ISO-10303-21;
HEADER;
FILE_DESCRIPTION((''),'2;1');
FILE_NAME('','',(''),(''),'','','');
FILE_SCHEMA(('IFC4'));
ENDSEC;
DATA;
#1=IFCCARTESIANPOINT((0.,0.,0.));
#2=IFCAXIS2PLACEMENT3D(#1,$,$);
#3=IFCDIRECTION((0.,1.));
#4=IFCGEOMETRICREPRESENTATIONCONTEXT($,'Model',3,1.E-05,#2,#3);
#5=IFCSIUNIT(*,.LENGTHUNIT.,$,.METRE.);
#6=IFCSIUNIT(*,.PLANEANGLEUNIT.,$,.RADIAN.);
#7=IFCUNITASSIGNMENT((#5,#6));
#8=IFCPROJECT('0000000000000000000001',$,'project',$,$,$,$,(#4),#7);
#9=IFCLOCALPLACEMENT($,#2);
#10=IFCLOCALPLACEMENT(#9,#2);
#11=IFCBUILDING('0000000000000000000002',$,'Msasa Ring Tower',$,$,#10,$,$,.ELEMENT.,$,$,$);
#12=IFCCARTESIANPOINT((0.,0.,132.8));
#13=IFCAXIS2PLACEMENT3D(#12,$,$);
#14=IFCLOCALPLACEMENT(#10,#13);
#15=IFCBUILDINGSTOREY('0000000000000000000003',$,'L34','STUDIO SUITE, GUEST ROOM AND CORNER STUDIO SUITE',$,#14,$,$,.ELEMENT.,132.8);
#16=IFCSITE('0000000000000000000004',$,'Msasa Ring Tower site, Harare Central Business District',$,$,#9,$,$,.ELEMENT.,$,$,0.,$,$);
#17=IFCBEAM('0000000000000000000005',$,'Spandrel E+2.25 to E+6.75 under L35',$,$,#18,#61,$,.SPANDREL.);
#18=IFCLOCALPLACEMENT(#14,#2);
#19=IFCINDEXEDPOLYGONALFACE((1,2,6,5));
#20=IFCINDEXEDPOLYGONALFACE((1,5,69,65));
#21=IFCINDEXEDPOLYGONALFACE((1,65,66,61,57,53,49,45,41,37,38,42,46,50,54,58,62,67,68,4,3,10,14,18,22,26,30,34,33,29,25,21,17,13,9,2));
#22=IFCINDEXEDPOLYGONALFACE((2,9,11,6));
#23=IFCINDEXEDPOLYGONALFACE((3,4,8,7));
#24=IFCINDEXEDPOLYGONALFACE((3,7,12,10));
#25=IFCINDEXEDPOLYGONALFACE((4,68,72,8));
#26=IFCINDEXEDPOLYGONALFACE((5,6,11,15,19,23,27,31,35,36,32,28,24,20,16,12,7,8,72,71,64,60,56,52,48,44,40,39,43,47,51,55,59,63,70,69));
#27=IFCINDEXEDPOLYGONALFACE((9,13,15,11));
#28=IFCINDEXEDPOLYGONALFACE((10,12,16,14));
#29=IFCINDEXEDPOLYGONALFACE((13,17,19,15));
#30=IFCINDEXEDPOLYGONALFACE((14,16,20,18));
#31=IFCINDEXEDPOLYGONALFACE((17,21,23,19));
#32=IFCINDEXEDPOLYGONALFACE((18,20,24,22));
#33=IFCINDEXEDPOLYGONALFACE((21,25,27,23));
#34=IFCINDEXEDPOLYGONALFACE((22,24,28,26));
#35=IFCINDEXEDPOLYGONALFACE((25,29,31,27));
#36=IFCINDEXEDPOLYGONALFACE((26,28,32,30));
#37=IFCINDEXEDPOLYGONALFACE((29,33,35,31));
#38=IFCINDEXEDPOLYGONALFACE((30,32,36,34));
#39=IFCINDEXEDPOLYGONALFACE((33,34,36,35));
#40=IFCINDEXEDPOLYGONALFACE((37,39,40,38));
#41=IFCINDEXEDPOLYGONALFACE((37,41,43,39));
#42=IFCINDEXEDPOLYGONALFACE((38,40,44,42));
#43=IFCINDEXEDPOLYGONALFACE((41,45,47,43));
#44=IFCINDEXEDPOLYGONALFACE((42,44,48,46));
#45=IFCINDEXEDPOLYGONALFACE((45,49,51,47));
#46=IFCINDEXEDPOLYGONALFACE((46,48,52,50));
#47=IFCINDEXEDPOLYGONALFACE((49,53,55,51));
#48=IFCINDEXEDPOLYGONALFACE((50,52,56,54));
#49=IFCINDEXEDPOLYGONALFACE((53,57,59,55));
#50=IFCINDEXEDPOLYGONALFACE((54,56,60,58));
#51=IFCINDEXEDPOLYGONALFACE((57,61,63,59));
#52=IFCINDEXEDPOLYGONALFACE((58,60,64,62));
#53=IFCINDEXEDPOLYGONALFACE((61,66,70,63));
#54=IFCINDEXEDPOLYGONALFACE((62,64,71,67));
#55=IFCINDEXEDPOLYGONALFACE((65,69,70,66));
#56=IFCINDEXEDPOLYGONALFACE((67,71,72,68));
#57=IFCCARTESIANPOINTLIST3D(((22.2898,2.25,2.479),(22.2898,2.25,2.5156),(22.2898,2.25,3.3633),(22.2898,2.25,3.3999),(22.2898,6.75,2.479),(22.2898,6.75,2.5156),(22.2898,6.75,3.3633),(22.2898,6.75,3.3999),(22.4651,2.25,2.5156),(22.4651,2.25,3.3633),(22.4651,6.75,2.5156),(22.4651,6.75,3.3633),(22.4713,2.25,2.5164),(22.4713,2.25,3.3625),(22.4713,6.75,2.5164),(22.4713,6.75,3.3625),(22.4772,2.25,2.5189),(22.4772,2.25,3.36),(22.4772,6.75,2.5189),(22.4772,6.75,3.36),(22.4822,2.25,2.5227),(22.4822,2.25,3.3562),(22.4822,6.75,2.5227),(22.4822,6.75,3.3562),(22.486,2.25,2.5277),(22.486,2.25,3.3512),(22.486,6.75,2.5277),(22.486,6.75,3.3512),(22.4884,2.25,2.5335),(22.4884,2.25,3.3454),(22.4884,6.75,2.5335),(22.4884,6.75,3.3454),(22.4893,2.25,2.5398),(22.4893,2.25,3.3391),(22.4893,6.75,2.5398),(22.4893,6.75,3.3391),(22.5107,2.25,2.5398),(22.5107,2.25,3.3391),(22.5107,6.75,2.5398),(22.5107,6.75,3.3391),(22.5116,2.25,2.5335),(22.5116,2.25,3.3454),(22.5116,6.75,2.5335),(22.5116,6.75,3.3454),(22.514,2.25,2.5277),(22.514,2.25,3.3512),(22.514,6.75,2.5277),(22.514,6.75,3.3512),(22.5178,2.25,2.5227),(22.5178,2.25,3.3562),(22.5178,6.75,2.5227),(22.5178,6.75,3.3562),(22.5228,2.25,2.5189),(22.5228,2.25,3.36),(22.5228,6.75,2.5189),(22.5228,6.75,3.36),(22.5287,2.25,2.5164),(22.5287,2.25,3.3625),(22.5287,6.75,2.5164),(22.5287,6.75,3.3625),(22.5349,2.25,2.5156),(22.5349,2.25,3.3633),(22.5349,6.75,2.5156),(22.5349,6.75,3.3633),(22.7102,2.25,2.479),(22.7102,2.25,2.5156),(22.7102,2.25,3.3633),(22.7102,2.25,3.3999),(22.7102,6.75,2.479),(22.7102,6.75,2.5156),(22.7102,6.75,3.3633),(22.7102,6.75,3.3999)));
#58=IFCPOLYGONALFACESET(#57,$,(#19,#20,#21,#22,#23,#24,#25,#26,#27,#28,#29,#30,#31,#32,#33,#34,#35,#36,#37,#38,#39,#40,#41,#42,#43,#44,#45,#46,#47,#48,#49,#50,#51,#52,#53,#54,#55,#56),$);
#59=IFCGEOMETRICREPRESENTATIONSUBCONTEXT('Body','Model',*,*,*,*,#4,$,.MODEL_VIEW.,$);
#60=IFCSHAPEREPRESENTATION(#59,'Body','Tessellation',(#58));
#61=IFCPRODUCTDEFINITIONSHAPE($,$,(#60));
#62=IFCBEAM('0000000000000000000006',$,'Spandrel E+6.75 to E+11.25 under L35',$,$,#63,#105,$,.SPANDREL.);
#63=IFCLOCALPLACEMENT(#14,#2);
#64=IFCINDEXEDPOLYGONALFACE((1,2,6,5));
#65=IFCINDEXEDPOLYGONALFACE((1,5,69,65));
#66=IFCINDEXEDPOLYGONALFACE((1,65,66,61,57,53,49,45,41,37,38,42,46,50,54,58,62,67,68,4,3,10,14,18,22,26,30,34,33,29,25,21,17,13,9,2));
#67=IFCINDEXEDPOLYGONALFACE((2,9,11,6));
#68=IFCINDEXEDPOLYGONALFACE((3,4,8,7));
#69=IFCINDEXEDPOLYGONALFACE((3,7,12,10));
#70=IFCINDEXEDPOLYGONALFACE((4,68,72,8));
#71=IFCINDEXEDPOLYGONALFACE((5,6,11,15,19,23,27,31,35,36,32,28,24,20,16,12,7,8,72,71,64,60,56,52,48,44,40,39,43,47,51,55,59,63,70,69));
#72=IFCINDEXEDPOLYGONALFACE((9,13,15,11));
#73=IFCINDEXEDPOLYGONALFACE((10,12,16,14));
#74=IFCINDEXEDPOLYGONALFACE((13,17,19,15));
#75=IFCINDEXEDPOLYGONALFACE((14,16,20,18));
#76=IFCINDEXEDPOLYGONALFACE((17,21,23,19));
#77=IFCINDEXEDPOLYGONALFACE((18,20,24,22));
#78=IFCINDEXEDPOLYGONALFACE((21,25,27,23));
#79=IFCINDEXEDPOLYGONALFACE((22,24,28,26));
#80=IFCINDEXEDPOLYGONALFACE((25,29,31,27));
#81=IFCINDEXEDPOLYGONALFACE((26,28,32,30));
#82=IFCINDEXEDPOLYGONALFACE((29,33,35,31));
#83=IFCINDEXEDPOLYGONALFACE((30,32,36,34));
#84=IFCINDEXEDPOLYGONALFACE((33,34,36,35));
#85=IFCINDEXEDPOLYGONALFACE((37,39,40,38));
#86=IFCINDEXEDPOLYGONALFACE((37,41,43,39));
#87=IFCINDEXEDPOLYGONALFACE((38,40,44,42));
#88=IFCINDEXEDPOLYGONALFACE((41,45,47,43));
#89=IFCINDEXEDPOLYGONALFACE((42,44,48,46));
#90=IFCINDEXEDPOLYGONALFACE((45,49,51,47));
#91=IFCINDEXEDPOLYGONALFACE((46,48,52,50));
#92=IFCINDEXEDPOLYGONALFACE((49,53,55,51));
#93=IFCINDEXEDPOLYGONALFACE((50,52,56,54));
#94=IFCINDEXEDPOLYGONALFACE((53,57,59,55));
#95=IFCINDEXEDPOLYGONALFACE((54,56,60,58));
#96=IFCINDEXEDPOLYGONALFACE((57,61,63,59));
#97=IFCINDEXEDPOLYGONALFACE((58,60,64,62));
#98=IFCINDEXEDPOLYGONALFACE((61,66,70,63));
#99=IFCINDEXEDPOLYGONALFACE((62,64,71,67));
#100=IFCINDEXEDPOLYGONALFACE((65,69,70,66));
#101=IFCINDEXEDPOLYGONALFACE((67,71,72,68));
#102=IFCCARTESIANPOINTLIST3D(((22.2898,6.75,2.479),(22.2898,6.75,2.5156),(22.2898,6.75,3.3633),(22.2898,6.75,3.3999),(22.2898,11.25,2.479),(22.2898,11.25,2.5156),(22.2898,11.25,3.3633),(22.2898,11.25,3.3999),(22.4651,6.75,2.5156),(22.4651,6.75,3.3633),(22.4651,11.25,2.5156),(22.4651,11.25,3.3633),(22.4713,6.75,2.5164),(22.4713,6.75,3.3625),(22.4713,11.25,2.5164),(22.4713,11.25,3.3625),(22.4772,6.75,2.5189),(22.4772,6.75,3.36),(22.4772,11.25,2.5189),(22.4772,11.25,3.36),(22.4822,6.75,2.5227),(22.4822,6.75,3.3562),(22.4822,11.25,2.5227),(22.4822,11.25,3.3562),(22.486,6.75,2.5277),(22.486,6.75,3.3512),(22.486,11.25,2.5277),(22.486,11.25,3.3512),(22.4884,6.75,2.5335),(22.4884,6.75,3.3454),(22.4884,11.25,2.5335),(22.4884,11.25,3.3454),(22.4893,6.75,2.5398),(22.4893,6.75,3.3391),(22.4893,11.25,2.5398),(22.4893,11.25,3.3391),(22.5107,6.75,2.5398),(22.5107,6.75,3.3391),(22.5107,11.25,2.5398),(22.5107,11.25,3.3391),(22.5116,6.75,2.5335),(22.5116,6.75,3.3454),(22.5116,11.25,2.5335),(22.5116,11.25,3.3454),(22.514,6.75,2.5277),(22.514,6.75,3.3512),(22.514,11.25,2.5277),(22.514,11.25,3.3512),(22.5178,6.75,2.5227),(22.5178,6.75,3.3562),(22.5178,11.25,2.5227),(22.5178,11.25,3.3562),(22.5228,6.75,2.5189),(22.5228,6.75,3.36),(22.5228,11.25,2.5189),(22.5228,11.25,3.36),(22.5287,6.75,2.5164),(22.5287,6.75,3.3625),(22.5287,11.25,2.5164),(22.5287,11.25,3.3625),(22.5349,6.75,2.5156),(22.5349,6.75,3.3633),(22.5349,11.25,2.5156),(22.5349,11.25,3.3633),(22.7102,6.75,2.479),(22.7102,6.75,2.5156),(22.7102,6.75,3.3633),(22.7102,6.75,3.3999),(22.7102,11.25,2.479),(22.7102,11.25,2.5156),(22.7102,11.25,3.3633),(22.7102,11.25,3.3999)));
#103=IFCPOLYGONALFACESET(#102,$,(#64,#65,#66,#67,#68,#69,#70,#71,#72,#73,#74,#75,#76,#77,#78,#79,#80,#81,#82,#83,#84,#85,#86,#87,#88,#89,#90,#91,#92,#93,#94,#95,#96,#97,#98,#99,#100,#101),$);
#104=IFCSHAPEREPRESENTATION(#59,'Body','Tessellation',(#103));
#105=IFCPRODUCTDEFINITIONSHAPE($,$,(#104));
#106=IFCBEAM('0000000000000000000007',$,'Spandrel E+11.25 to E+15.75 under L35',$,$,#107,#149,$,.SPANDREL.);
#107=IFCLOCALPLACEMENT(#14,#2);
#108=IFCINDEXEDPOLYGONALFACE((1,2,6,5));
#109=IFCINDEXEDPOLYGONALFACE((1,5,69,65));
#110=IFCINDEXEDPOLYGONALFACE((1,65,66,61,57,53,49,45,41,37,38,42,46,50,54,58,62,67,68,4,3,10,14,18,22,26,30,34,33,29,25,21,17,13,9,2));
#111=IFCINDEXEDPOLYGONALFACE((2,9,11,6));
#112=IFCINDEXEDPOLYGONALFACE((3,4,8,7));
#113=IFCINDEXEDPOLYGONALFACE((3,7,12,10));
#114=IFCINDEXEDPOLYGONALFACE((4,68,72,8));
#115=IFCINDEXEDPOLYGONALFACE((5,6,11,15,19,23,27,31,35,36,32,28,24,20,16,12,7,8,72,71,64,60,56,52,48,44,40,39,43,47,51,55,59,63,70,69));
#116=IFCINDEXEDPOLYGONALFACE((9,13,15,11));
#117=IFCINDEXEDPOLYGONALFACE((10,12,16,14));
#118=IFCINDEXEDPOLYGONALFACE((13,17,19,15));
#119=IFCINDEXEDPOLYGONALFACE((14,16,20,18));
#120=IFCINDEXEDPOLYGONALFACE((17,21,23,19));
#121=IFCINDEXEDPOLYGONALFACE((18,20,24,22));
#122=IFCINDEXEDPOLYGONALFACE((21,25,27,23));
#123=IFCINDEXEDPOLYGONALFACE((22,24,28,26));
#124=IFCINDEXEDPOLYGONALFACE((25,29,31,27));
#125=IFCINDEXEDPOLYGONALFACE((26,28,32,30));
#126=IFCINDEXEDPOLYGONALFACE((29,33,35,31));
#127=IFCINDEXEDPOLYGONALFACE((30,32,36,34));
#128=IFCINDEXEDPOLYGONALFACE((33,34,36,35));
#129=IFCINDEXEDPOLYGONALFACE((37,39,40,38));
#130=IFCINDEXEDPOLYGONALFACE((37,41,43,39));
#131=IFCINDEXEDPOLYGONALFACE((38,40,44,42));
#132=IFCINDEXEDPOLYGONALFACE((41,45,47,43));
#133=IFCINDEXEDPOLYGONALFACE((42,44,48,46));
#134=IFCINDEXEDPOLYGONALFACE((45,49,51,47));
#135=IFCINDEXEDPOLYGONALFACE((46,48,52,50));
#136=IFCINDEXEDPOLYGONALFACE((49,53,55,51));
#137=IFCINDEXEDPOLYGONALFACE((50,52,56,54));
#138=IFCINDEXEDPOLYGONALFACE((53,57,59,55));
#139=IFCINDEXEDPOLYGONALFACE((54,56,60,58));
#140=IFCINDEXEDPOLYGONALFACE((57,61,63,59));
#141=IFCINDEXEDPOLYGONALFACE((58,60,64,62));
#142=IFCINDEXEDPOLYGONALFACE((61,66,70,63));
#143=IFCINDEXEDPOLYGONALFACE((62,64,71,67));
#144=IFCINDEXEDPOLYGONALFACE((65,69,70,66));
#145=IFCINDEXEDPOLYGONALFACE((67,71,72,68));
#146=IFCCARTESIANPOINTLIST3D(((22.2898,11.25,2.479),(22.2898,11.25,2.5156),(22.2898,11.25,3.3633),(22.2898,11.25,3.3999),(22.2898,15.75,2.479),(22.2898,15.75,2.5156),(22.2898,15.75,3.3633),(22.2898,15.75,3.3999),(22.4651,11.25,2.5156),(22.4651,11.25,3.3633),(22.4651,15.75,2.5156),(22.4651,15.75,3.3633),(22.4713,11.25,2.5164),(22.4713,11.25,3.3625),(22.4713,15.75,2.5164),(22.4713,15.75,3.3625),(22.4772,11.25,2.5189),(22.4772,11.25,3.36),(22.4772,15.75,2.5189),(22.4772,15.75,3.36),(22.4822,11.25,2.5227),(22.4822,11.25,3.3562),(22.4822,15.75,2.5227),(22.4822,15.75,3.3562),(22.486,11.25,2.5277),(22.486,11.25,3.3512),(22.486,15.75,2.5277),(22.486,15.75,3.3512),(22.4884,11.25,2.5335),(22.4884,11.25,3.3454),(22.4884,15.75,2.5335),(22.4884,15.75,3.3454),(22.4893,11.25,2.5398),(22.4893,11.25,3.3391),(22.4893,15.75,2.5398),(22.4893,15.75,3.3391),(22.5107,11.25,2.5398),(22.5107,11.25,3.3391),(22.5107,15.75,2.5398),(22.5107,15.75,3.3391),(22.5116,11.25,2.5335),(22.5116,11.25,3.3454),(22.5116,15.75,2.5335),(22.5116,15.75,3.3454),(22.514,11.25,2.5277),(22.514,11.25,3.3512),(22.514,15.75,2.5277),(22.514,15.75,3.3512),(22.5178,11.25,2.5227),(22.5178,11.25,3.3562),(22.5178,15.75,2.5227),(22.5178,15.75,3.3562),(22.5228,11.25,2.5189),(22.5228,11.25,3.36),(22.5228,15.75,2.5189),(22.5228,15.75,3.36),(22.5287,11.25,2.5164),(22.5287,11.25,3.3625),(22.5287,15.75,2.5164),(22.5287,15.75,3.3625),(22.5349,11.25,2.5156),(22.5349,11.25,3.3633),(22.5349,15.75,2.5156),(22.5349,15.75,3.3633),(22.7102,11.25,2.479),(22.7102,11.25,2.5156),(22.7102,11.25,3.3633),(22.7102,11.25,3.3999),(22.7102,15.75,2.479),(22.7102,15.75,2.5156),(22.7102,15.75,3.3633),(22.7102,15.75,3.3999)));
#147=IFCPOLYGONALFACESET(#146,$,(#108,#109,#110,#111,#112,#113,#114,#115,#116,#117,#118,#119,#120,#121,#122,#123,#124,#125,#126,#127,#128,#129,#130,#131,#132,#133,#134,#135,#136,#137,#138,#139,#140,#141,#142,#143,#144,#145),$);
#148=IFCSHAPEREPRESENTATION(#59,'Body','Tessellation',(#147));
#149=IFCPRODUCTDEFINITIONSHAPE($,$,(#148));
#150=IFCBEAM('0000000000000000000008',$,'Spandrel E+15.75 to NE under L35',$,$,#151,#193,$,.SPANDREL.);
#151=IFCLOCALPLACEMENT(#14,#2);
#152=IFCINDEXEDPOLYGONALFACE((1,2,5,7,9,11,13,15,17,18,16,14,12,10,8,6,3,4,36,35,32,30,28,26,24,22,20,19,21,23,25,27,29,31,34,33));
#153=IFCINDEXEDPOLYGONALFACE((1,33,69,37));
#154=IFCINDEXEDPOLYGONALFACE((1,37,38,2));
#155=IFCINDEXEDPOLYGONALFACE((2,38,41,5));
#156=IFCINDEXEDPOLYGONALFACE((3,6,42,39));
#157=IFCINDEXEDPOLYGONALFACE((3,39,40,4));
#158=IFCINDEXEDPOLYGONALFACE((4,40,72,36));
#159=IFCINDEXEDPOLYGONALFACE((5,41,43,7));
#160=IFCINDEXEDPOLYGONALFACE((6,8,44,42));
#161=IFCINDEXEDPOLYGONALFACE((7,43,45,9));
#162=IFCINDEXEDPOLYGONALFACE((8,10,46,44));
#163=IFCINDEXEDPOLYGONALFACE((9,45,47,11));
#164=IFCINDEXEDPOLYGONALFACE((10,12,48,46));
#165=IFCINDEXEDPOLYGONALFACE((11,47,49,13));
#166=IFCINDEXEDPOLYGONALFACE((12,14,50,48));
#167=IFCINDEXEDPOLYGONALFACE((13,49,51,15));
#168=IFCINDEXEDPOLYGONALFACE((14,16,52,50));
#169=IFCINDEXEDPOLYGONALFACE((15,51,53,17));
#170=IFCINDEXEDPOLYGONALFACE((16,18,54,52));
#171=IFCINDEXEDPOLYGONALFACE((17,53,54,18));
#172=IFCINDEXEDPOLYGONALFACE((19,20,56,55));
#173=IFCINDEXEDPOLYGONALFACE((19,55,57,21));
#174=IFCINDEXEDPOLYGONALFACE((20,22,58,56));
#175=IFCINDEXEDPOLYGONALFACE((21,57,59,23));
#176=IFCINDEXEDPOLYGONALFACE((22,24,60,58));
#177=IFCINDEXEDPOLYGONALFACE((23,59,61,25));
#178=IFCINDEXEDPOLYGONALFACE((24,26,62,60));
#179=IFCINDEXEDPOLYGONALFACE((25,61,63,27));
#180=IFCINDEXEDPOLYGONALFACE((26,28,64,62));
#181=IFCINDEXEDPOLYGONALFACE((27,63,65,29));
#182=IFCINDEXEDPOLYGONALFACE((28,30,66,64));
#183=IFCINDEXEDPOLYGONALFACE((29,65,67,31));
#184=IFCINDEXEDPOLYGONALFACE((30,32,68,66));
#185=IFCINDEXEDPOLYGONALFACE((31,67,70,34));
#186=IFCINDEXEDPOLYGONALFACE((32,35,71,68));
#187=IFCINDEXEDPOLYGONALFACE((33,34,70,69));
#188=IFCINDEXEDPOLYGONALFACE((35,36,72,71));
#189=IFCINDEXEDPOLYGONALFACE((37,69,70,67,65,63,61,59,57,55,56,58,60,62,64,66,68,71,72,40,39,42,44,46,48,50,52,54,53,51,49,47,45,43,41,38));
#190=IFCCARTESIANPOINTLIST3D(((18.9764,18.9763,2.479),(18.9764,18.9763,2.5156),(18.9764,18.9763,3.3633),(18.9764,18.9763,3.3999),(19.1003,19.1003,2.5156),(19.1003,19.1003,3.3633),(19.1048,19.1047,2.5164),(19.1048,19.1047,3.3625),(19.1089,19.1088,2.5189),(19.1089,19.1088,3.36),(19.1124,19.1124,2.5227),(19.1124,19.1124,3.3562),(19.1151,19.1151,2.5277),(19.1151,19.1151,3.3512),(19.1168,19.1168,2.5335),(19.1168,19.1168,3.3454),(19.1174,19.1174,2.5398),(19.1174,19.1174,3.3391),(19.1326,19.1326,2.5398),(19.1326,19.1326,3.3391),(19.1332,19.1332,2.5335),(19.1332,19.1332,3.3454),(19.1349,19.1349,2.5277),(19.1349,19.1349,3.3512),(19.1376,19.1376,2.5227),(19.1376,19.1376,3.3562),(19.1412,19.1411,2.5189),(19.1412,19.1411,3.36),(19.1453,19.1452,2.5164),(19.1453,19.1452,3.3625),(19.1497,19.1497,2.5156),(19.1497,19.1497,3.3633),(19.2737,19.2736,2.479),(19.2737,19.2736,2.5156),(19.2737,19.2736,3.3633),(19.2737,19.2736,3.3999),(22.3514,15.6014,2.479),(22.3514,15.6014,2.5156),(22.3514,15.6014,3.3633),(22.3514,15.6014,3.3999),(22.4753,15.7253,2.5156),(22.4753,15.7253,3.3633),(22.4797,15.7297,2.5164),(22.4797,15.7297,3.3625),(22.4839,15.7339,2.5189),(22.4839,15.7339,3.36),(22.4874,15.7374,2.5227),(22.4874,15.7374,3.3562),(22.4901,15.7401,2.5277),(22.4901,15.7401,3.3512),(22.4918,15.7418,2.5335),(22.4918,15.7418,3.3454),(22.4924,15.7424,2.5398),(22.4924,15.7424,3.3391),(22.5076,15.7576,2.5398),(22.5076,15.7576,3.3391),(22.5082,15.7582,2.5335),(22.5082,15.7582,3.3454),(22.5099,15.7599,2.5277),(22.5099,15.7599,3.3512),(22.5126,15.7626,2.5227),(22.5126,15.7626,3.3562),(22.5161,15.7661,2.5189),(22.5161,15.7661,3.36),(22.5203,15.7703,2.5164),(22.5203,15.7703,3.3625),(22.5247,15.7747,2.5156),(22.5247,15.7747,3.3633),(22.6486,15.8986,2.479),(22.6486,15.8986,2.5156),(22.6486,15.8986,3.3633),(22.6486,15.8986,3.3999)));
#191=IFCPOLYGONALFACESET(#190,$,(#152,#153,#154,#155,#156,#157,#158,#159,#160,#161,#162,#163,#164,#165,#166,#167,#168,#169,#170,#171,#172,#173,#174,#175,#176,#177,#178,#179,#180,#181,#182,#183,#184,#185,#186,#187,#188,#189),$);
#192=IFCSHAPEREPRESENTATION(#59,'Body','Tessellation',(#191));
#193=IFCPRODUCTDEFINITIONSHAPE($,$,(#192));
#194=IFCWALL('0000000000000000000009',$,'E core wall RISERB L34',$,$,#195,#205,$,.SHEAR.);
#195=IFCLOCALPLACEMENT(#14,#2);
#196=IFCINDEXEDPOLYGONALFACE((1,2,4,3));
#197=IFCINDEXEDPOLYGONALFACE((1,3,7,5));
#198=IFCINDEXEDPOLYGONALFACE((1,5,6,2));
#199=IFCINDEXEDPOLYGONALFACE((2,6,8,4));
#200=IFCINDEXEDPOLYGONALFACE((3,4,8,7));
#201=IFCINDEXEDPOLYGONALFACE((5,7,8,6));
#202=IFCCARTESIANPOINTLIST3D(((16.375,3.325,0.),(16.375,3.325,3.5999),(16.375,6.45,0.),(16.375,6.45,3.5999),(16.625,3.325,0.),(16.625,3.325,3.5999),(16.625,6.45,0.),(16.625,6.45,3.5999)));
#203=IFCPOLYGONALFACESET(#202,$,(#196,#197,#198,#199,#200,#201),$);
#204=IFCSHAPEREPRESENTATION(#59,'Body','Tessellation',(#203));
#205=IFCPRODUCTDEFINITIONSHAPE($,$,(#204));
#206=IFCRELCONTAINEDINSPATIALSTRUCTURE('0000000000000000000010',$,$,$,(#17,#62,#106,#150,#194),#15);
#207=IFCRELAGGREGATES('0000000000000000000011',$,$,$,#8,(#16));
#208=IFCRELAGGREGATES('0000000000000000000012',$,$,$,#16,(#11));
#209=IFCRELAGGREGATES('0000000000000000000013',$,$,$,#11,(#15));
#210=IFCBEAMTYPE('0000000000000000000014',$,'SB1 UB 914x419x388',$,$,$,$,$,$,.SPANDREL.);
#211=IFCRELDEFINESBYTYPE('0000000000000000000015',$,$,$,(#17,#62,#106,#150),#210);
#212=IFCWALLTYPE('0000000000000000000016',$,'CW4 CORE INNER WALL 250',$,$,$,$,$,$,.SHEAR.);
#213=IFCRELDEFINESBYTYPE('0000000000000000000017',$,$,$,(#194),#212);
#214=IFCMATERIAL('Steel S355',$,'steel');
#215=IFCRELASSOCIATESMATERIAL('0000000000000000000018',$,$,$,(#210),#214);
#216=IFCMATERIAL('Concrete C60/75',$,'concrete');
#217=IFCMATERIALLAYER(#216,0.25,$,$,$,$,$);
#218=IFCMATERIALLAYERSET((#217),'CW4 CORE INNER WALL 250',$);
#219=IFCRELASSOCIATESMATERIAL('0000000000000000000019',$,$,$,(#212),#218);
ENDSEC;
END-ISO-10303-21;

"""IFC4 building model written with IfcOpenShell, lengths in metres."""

from ifc_helpers import new_model, si_unit, direction, frame, frame_2d, origin, origin_2d, place, context, subcontext, project, spatial, rectangle, i_section, extrude, material, layer, layer_set, material_profile, profile_set, type_object, element, save


model = new_model("IFC4")

# Units and contexts
model_context = context("Model", 3, precision=1e-05, world=origin(), true_north=direction((0.0, 1.0)))
body_context = subcontext(model_context, "Body", "Model", "MODEL_VIEW")
ifc_project = project(units=[si_unit("LENGTHUNIT", "METRE"), si_unit("PLANEANGLEUNIT", "RADIAN")], contexts=[model_context])

# Site, building, storey
site_placement = place(None, origin())
site = spatial("IfcSite", under=ifc_project, at=site_placement, Name="Msasa Ring Tower site, Harare Central Business District", CompositionType="ELEMENT", RefElevation=0.0)
building_placement = place(site_placement, origin())
building = spatial("IfcBuilding", under=site, at=building_placement, Name="Msasa Ring Tower", CompositionType="ELEMENT")
storey_placement = place(building_placement, frame((0.0, 0.0, 132.8)))
storey = spatial("IfcBuildingStorey", under=building, at=storey_placement, Name="L34", Description="STUDIO SUITE, GUEST ROOM AND CORNER STUDIO SUITE", CompositionType="ELEMENT", Elevation=132.8)

# Beams
ifc_material_1 = material(Name="Steel S355", Category="steel")
ifc_material_profile_1 = material_profile(ifc_material_1, i_section(OverallWidth=0.4204, OverallDepth=0.9209, WebThickness=0.0215, FlangeThickness=0.0366, FilletRadius=0.0242, at=origin_2d()), Name="UB 914x419x388")
ifc_profile_set_1 = profile_set([ifc_material_profile_1], Name="Steel S355")
beam_type_1 = type_object("IfcBeamType", Name="SB1 UB 914x419x388", PredefinedType="SPANDREL", material=ifc_profile_set_1)
for number, where, z_axis, x_axis, name in (
    (1, (22.5, 2.25, 2.9395), (0.0, 1.0, 0.0), (-1.0, 0.0, 0.0), "Spandrel E+2.25 to E+6.75 under L35"),
    (2, (22.5, 6.75, 2.9395), (0.0, 1.0, 0.0), (-1.0, 0.0, 0.0), "Spandrel E+6.75 to E+11.25 under L35"),
    (3, (22.5, 11.25, 2.9395), (0.0, 1.0, 0.0), (-1.0, 0.0, 0.0), "Spandrel E+11.25 to E+15.75 under L35"),
):
    element("IfcBeam", number, at=place(storey_placement, frame(where, z_axis=z_axis, x_axis=x_axis)), inside=storey, type_object=beam_type_1, Name=name, PredefinedType="SPANDREL", context=body_context, shape_type="SweptSolid", body=[
        extrude(i_section(OverallWidth=0.4204, OverallDepth=0.9209, WebThickness=0.0215, FlangeThickness=0.0366, FilletRadius=0.0242, at=origin_2d()), origin(), (0.0, 0.0, 1.0), 4.5),
    ])
beam_1_placement = place(storey_placement, frame((22.5, 15.75, 2.9395), z_axis=(-0.707107, 0.707107, 0.0), x_axis=(-0.707107, -0.707107, 0.0)))
element("IfcBeam", 4, at=beam_1_placement, inside=storey, type_object=beam_type_1, Name="Spandrel E+15.75 to NE under L35", PredefinedType="SPANDREL", context=body_context, shape_type="SweptSolid", body=[
    extrude(i_section(OverallWidth=0.4204, OverallDepth=0.9209, WebThickness=0.0215, FlangeThickness=0.0366, FilletRadius=0.0242, at=origin_2d()), origin(), (0.0, 0.0, 1.0), 4.7729),
])

# Wall
ifc_material_2 = material(Name="Concrete C60/75", Category="concrete")
ifc_layer_1 = layer(ifc_material_2, 0.25)
ifc_layer_set_1 = layer_set([ifc_layer_1], Name="CW4 CORE INNER WALL 250")
wall_type_1 = type_object("IfcWallType", Name="CW4 CORE INNER WALL 250", PredefinedType="SHEAR", material=ifc_layer_set_1)
wall_1_placement = place(storey_placement, frame((16.5, 3.325, 0.0), z_axis=(0.0, 0.0, 1.0), x_axis=(0.0, 1.0, 0.0)))
element("IfcWall", 5, at=wall_1_placement, inside=storey, type_object=wall_type_1, Name="E core wall RISERB L34", PredefinedType="SHEAR", context=body_context, shape_type="SweptSolid", body=[
    extrude(rectangle(XDim=3.125, YDim=0.25, at=frame_2d((1.5625, 0.0))), origin(), (0.0, 0.0, 1.0), 3.5999),
])

save(model, "model.ifc")
